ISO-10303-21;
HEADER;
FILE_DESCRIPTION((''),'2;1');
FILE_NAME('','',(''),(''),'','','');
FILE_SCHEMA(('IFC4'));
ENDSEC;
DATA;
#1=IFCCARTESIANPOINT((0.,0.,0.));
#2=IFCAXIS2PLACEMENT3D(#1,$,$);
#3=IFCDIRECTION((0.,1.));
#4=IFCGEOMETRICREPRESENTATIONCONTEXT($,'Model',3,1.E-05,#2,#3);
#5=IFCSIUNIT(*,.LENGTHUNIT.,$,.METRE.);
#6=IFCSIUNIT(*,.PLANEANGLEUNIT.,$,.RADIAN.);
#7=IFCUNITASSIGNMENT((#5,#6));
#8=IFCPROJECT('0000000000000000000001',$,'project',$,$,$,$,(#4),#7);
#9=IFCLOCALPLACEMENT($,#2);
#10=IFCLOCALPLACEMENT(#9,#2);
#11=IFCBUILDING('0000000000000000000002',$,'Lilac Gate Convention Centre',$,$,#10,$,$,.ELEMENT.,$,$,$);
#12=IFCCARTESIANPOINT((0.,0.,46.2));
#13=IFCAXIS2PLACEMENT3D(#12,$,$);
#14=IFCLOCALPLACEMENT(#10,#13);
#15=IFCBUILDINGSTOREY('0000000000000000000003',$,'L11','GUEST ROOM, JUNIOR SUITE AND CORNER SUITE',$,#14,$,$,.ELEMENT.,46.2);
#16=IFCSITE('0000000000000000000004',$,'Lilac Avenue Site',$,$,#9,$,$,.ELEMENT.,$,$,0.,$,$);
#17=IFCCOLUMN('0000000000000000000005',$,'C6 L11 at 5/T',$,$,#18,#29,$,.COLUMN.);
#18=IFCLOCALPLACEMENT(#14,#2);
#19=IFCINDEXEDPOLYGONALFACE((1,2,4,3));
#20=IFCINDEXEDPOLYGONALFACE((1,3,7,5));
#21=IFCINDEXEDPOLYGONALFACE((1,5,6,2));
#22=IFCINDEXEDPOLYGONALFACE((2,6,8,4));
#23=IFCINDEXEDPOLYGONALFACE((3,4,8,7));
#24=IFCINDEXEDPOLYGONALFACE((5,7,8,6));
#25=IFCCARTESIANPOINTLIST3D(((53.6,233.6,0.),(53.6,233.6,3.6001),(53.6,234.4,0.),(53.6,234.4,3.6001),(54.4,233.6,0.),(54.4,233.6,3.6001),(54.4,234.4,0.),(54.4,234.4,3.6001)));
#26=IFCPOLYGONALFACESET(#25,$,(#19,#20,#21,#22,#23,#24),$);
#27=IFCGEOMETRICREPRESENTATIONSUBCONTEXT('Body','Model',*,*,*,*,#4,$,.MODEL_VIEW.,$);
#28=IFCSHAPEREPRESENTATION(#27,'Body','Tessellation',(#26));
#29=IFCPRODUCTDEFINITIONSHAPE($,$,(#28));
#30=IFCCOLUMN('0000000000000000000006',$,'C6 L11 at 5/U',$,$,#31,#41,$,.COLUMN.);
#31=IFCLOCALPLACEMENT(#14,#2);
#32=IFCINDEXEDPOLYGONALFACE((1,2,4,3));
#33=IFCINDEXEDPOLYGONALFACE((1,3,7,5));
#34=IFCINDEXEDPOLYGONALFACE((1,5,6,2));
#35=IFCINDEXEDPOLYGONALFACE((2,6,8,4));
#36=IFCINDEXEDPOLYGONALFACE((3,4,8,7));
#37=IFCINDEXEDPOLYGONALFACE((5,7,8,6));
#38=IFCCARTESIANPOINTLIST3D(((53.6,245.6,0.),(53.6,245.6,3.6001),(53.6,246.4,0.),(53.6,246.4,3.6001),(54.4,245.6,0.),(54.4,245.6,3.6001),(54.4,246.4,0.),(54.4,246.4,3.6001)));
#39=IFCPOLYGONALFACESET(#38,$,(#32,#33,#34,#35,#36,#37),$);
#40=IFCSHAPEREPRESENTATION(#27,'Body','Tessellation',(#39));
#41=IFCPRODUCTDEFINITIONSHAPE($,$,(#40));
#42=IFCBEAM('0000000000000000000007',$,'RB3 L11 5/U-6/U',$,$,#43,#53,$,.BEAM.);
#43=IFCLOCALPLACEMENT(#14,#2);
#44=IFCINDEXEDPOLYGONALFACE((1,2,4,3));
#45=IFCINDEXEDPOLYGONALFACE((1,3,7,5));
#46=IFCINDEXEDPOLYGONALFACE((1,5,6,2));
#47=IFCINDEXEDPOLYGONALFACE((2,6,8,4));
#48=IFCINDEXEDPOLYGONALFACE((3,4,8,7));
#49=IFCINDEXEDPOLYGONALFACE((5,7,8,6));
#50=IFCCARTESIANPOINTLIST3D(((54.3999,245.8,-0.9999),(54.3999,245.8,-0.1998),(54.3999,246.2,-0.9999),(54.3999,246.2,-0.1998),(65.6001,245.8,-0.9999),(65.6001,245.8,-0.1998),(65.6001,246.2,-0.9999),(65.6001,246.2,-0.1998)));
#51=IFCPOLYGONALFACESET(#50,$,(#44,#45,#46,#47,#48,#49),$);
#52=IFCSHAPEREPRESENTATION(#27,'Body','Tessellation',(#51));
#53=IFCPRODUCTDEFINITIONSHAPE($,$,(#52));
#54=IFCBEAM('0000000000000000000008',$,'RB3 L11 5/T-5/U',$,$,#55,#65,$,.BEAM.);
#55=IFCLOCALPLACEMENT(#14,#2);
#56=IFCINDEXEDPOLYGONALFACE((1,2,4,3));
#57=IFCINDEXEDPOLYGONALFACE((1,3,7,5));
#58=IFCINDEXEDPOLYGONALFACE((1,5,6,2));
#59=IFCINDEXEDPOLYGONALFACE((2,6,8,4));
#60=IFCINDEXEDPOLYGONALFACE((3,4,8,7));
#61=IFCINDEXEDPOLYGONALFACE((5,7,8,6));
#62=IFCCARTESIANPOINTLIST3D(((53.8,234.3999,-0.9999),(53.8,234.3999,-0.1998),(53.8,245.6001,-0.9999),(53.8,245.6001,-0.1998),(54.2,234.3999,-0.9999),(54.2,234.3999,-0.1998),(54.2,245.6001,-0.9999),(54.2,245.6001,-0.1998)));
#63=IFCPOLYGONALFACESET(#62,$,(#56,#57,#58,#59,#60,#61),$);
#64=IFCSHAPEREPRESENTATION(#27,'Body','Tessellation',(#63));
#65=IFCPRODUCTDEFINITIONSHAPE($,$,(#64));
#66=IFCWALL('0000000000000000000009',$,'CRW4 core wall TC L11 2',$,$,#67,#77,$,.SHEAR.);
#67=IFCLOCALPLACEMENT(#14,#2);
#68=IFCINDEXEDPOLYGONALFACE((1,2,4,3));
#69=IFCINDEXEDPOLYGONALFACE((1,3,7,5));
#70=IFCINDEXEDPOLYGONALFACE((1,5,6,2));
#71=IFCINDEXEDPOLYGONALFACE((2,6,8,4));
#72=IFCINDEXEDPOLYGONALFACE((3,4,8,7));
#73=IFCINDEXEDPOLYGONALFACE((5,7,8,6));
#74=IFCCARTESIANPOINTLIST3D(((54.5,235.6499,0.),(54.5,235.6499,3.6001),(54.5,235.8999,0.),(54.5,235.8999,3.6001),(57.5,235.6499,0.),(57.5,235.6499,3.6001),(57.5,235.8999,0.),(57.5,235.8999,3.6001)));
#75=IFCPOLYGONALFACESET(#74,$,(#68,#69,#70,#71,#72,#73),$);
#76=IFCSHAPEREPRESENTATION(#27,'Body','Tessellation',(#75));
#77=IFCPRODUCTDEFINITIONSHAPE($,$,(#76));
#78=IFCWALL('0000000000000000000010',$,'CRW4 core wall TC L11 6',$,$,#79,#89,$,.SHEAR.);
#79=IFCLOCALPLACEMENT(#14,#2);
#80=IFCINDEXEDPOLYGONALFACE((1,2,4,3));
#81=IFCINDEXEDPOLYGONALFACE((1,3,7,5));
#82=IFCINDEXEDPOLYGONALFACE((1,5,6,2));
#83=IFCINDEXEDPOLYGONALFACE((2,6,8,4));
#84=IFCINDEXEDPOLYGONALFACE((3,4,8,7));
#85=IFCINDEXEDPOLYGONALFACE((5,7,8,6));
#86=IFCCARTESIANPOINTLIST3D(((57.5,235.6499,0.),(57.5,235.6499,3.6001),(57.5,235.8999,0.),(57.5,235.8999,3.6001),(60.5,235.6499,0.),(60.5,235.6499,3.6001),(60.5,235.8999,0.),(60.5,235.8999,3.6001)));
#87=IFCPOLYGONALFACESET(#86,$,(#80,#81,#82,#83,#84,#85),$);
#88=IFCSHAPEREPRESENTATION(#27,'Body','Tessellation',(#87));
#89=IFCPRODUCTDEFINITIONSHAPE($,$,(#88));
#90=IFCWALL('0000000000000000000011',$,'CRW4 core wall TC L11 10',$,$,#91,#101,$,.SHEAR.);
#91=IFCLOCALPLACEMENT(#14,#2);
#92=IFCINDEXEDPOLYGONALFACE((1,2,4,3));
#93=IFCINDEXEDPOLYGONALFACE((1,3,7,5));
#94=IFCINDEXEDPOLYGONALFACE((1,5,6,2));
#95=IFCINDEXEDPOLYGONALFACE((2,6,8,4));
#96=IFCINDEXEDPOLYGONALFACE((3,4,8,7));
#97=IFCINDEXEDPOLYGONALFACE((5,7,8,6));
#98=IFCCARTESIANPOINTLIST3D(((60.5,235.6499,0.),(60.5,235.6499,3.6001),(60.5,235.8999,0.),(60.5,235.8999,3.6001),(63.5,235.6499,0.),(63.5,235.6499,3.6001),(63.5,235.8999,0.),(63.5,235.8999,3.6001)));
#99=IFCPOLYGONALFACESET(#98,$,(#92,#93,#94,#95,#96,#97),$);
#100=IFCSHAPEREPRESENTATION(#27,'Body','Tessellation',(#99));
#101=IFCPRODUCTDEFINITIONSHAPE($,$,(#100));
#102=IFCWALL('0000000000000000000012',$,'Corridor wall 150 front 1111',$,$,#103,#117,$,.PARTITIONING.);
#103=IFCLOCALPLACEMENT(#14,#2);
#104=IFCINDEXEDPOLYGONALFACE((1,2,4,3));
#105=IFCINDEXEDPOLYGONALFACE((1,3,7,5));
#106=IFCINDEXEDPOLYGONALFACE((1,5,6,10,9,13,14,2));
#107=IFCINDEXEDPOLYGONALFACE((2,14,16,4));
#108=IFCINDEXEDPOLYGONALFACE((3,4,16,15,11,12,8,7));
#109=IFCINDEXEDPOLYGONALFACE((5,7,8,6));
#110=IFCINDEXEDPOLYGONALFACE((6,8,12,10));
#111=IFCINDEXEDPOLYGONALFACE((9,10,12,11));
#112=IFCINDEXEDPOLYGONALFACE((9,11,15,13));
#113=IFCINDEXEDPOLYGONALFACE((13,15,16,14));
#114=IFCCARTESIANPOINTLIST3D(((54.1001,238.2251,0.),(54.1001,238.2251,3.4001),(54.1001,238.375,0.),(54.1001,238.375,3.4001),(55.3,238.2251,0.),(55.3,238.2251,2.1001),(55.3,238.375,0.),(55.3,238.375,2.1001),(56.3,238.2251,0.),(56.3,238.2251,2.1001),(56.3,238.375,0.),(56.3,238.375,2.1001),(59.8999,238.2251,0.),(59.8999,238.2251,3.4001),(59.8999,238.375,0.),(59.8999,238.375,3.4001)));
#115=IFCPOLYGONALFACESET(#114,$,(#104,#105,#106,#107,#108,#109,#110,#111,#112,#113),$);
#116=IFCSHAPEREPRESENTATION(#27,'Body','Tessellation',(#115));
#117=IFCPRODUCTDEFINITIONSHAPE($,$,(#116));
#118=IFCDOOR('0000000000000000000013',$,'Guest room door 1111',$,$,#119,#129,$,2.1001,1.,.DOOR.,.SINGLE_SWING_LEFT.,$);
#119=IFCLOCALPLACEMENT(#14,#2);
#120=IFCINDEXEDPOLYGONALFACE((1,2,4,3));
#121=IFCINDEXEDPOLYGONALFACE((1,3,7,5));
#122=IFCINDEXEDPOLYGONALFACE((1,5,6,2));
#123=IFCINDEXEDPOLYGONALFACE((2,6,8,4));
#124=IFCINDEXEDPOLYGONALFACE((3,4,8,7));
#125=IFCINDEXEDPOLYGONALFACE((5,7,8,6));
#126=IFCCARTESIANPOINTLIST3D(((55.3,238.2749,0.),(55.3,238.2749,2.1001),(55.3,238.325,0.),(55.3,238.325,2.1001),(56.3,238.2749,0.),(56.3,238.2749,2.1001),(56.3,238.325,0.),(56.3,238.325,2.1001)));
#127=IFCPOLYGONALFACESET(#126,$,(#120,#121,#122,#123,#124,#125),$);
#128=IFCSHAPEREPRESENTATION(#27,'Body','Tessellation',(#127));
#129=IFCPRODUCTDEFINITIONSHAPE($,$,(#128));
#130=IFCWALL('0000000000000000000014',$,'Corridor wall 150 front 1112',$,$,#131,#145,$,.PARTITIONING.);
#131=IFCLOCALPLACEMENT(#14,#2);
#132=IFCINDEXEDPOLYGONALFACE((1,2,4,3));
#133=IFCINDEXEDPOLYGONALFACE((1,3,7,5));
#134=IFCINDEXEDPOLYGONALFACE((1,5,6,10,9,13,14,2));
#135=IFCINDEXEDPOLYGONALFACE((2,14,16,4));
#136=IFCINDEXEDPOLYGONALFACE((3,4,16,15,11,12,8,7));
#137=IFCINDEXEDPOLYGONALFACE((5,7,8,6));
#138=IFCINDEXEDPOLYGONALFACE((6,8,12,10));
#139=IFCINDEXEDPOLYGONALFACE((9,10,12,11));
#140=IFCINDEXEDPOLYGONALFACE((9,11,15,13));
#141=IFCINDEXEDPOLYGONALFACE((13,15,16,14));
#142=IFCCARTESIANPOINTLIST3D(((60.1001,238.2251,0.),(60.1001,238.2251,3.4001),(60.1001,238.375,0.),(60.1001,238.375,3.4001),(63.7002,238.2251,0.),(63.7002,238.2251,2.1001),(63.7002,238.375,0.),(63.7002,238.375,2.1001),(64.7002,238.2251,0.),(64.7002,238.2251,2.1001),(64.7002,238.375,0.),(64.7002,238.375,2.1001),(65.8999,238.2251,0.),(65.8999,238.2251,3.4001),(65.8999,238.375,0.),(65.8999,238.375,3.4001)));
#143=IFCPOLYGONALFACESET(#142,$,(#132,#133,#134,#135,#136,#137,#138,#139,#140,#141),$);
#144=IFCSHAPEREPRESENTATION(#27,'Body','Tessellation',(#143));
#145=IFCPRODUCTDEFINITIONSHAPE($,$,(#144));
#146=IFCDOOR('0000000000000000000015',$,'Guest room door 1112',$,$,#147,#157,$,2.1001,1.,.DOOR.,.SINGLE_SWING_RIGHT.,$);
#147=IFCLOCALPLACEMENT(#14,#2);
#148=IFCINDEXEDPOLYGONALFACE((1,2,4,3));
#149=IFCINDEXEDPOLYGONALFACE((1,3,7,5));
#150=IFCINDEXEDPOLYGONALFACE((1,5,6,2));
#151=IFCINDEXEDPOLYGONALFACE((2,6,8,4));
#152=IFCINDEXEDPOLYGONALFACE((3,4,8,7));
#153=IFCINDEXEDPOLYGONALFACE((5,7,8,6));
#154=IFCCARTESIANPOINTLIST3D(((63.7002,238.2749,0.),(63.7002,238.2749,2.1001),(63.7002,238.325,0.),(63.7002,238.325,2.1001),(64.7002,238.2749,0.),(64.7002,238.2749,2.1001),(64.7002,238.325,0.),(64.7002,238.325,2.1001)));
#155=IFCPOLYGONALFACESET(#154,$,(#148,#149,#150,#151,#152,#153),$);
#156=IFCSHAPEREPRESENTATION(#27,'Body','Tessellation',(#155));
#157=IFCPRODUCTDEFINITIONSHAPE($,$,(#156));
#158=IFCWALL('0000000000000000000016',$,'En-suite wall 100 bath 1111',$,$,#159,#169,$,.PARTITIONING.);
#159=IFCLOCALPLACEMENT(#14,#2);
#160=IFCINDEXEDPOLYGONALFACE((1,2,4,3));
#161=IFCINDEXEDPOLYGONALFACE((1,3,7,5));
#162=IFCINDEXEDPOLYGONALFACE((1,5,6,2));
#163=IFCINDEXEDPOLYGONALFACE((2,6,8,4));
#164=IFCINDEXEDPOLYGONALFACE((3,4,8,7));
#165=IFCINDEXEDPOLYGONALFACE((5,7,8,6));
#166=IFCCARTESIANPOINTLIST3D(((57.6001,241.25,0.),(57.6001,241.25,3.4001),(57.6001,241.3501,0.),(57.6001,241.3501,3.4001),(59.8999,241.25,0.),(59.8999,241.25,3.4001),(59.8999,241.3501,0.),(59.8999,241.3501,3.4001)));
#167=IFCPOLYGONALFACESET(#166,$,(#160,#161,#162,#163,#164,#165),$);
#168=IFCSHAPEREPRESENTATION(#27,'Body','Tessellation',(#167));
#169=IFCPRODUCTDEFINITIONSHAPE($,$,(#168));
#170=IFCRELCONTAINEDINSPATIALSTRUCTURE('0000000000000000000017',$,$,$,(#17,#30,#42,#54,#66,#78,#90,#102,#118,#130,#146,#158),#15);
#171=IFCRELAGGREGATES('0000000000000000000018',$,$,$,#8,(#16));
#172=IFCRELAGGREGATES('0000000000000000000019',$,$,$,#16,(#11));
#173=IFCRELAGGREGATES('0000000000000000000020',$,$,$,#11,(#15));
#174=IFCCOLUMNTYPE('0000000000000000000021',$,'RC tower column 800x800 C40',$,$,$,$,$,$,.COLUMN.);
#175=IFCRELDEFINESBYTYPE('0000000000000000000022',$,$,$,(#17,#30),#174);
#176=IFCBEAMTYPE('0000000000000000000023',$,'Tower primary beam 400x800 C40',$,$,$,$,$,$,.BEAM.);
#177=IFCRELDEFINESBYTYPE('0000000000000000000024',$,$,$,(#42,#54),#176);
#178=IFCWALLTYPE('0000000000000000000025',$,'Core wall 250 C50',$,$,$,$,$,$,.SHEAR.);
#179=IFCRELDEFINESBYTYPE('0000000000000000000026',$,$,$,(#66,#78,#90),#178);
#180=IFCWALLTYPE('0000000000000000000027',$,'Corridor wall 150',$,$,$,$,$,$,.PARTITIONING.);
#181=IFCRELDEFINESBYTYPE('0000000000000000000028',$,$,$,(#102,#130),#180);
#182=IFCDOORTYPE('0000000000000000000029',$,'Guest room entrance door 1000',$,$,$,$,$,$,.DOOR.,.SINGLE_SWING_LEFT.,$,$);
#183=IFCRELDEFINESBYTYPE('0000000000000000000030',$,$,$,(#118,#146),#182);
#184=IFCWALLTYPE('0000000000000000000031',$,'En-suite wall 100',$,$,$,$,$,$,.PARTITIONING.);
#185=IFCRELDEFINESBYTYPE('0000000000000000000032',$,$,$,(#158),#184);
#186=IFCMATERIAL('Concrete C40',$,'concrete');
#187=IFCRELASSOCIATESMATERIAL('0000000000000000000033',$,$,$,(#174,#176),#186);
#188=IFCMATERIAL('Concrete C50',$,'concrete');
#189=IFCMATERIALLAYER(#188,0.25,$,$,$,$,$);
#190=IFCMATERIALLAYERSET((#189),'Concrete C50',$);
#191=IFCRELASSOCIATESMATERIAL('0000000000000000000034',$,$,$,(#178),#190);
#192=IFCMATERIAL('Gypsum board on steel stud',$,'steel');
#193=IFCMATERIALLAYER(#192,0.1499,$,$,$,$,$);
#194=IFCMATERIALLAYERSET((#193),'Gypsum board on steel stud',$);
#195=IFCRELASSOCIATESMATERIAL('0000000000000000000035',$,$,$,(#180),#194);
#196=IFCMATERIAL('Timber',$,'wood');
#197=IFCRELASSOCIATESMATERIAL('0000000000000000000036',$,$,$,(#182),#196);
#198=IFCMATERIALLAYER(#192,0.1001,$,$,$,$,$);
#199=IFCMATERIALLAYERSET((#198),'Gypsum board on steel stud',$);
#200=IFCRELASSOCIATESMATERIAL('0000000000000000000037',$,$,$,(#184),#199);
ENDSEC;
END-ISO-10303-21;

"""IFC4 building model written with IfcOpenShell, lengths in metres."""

from ifc_helpers import new_model, si_unit, direction, frame, frame_2d, origin, origin_2d, place, context, subcontext, project, spatial, rectangle, extrude, material, layer, layer_set, material_profile, profile_set, type_object, element, fill, save


model = new_model("IFC4")

# Units and contexts
model_context = context("Model", 3, precision=1e-05, world=origin(), true_north=direction((0.0, 1.0)))
body_context = subcontext(model_context, "Body", "Model", "MODEL_VIEW")
ifc_project = project(units=[si_unit("LENGTHUNIT", "METRE"), si_unit("PLANEANGLEUNIT", "RADIAN")], contexts=[model_context])

# Site, building, storey
site_placement = place(None, origin())
site = spatial("IfcSite", under=ifc_project, at=site_placement, Name="Lilac Avenue Site", CompositionType="ELEMENT", RefElevation=0.0)
building_placement = place(site_placement, origin())
building = spatial("IfcBuilding", under=site, at=building_placement, Name="Lilac Gate Convention Centre", CompositionType="ELEMENT")
storey_placement = place(building_placement, frame((0.0, 0.0, 46.2)))
storey = spatial("IfcBuildingStorey", under=building, at=storey_placement, Name="L11", Description="GUEST ROOM, JUNIOR SUITE AND CORNER SUITE", CompositionType="ELEMENT", Elevation=46.2)

# Columns
ifc_material_1 = material(Name="Concrete C40", Category="concrete")
ifc_material_profile_1 = material_profile(ifc_material_1, rectangle(XDim=0.8, YDim=0.8, at=origin_2d()), Name="RC 800x800")
ifc_profile_set_1 = profile_set([ifc_material_profile_1], Name="Concrete C40")
column_type = type_object("IfcColumnType", Name="RC tower column 800x800 C40", PredefinedType="COLUMN", material=ifc_profile_set_1)
for number, where, z_axis, x_axis, name in (
    (1, (54.0, 234.0, 0.0), (0.0, 0.0, 1.0), (1.0, 0.0, 0.0), "C6 L11 at 5/T"),
    (2, (54.0, 246.0, 0.0), (0.0, 0.0, 1.0), (1.0, 0.0, 0.0), "C6 L11 at 5/U"),
):
    element("IfcColumn", number, at=place(storey_placement, frame(where, z_axis=z_axis, x_axis=x_axis)), inside=storey, type_object=column_type, Name=name, PredefinedType="COLUMN", context=body_context, shape_type="SweptSolid", body=[
        extrude(rectangle(XDim=0.8, YDim=0.8, at=origin_2d()), origin(), (0.0, 0.0, 1.0), 3.6001),
    ])

# Beams
ifc_material_profile_2 = material_profile(ifc_material_1, rectangle(XDim=0.3999, YDim=0.8, at=origin_2d()), Name="RC 400x800")
ifc_profile_set_2 = profile_set([ifc_material_profile_2], Name="Concrete C40")
beam_type = type_object("IfcBeamType", Name="Tower primary beam 400x800 C40", PredefinedType="BEAM", material=ifc_profile_set_2)
for number, where, z_axis, x_axis, name in (
    (3, (54.3999, 246.0, -0.5999), (1.0, 0.0, 0.0), (0.0, 1.0, 0.0), "RB3 L11 5/U-6/U"),
    (4, (54.0, 234.3999, -0.5999), (0.0, 1.0, 0.0), (-1.0, 0.0, 0.0), "RB3 L11 5/T-5/U"),
):
    element("IfcBeam", number, at=place(storey_placement, frame(where, z_axis=z_axis, x_axis=x_axis)), inside=storey, type_object=beam_type, Name=name, PredefinedType="BEAM", context=body_context, shape_type="SweptSolid", body=[
        extrude(rectangle(XDim=0.3999, YDim=0.8, at=origin_2d()), origin(), (0.0, 0.0, 1.0), 11.2002),
    ])

# Walls
ifc_material_2 = material(Name="Concrete C50", Category="concrete")
ifc_layer_1 = layer(ifc_material_2, 0.25)
ifc_layer_set_1 = layer_set([ifc_layer_1], Name="Concrete C50")
wall_type_1 = type_object("IfcWallType", Name="Core wall 250 C50", PredefinedType="SHEAR", material=ifc_layer_set_1)
for number, where, z_axis, x_axis, name in (
    (5, (54.5, 235.7749, 0.0), (0.0, 0.0, 1.0), (1.0, 0.0, 0.0), "CRW4 core wall TC L11 2"),
    (6, (57.5, 235.7749, 0.0), (0.0, 0.0, 1.0), (1.0, 0.0, 0.0), "CRW4 core wall TC L11 6"),
    (7, (60.5, 235.7749, 0.0), (0.0, 0.0, 1.0), (1.0, 0.0, 0.0), "CRW4 core wall TC L11 10"),
):
    element("IfcWall", number, at=place(storey_placement, frame(where, z_axis=z_axis, x_axis=x_axis)), inside=storey, type_object=wall_type_1, Name=name, PredefinedType="SHEAR", context=body_context, shape_type="SweptSolid", body=[
        extrude(rectangle(XDim=3.0, YDim=0.25, at=frame_2d((1.5, 0.0))), origin(), (0.0, 0.0, 1.0), 3.6001),
    ])

# Walls, openings, doors
ifc_material_3 = material(Name="Gypsum board on steel stud", Category="steel")
ifc_layer_2 = layer(ifc_material_3, 0.1499)
ifc_layer_set_2 = layer_set([ifc_layer_2], Name="Gypsum board on steel stud")
wall_type_2 = type_object("IfcWallType", Name="Corridor wall 150", PredefinedType="PARTITIONING", material=ifc_layer_set_2)
wall_1_placement = place(storey_placement, frame((54.1001, 238.3, 0.0), z_axis=(0.0, 0.0, 1.0), x_axis=(1.0, 0.0, 0.0)))
wall_1 = element("IfcWall", 8, at=wall_1_placement, inside=storey, type_object=wall_type_2, Name="Corridor wall 150 front 1111", PredefinedType="PARTITIONING", context=body_context, shape_type="SweptSolid", body=[
    extrude(rectangle(XDim=5.7998, YDim=0.1499, at=frame_2d((2.8999, 0.0))), origin(), (0.0, 0.0, 1.0), 3.4001),
])
opening_1_placement = place(wall_1_placement, frame((1.2, 0.0, 0.0)))
opening_1 = element("IfcOpeningElement", 9, at=opening_1_placement, cuts=wall_1, PredefinedType="OPENING", context=body_context, shape_type="SweptSolid", body=[
    extrude(rectangle(XDim=1.0, YDim=2.1001, at=frame_2d((0.5, 1.05))), frame((0.0, 0.085, 0.0), z_axis=(0.0, -1.0, 0.0), x_axis=(1.0, 0.0, 0.0)), (0.0, 0.0, 1.0), 0.1699),
])
ifc_material_4 = material(Name="Timber", Category="wood")
door_type_1 = type_object("IfcDoorType", Name="Guest room entrance door 1000", OperationType="SINGLE_SWING_LEFT", PredefinedType="DOOR", material=ifc_material_4)
door_1_placement = place(opening_1_placement, origin())
door_1 = element("IfcDoor", 10, at=door_1_placement, inside=storey, type_object=door_type_1, Name="Guest room door 1111", OperationType="SINGLE_SWING_LEFT", OverallHeight=2.1001, OverallWidth=1.0, PredefinedType="DOOR", context=body_context, shape_type="SweptSolid", body=[
    extrude(rectangle(XDim=1.0, YDim=2.1001, at=frame_2d((0.5, 1.05))), frame((0.0, 0.0249, 0.0), z_axis=(0.0, -1.0, 0.0), x_axis=(1.0, 0.0, 0.0)), (0.0, 0.0, 1.0), 0.05),
])
fill(opening_1, door_1)
wall_2_placement = place(storey_placement, frame((60.1001, 238.3, 0.0), z_axis=(0.0, 0.0, 1.0), x_axis=(1.0, 0.0, 0.0)))
wall_2 = element("IfcWall", 11, at=wall_2_placement, inside=storey, type_object=wall_type_2, Name="Corridor wall 150 front 1112", PredefinedType="PARTITIONING", context=body_context, shape_type="SweptSolid", body=[
    extrude(rectangle(XDim=5.7998, YDim=0.1499, at=frame_2d((2.8999, 0.0))), origin(), (0.0, 0.0, 1.0), 3.4001),
])
opening_2_placement = place(wall_2_placement, frame((3.6001, 0.0, 0.0)))
opening_2 = element("IfcOpeningElement", 12, at=opening_2_placement, cuts=wall_2, PredefinedType="OPENING", context=body_context, shape_type="SweptSolid", body=[
    extrude(rectangle(XDim=1.0, YDim=2.1001, at=frame_2d((0.5, 1.05))), frame((0.0, 0.085, 0.0), z_axis=(0.0, -1.0, 0.0), x_axis=(1.0, 0.0, 0.0)), (0.0, 0.0, 1.0), 0.1699),
])
door_2_placement = place(opening_2_placement, origin())
door_2 = element("IfcDoor", 13, at=door_2_placement, inside=storey, type_object=door_type_1, Name="Guest room door 1112", OperationType="SINGLE_SWING_RIGHT", OverallHeight=2.1001, OverallWidth=1.0, PredefinedType="DOOR", context=body_context, shape_type="SweptSolid", body=[
    extrude(rectangle(XDim=1.0, YDim=2.1001, at=frame_2d((0.5, 1.05))), frame((0.0, 0.0249, 0.0), z_axis=(0.0, -1.0, 0.0), x_axis=(1.0, 0.0, 0.0)), (0.0, 0.0, 1.0), 0.05),
])
fill(opening_2, door_2)

# Wall
ifc_layer_3 = layer(ifc_material_3, 0.1001)
ifc_layer_set_3 = layer_set([ifc_layer_3], Name="Gypsum board on steel stud")
wall_type_3 = type_object("IfcWallType", Name="En-suite wall 100", PredefinedType="PARTITIONING", material=ifc_layer_set_3)
wall_3_placement = place(storey_placement, frame((57.6001, 241.3, 0.0), z_axis=(0.0, 0.0, 1.0), x_axis=(1.0, 0.0, 0.0)))
element("IfcWall", 14, at=wall_3_placement, inside=storey, type_object=wall_type_3, Name="En-suite wall 100 bath 1111", PredefinedType="PARTITIONING", context=body_context, shape_type="SweptSolid", body=[
    extrude(rectangle(XDim=2.2998, YDim=0.1001, at=frame_2d((1.1499, 0.0))), origin(), (0.0, 0.0, 1.0), 3.4001),
])

save(model, "model.ifc")
